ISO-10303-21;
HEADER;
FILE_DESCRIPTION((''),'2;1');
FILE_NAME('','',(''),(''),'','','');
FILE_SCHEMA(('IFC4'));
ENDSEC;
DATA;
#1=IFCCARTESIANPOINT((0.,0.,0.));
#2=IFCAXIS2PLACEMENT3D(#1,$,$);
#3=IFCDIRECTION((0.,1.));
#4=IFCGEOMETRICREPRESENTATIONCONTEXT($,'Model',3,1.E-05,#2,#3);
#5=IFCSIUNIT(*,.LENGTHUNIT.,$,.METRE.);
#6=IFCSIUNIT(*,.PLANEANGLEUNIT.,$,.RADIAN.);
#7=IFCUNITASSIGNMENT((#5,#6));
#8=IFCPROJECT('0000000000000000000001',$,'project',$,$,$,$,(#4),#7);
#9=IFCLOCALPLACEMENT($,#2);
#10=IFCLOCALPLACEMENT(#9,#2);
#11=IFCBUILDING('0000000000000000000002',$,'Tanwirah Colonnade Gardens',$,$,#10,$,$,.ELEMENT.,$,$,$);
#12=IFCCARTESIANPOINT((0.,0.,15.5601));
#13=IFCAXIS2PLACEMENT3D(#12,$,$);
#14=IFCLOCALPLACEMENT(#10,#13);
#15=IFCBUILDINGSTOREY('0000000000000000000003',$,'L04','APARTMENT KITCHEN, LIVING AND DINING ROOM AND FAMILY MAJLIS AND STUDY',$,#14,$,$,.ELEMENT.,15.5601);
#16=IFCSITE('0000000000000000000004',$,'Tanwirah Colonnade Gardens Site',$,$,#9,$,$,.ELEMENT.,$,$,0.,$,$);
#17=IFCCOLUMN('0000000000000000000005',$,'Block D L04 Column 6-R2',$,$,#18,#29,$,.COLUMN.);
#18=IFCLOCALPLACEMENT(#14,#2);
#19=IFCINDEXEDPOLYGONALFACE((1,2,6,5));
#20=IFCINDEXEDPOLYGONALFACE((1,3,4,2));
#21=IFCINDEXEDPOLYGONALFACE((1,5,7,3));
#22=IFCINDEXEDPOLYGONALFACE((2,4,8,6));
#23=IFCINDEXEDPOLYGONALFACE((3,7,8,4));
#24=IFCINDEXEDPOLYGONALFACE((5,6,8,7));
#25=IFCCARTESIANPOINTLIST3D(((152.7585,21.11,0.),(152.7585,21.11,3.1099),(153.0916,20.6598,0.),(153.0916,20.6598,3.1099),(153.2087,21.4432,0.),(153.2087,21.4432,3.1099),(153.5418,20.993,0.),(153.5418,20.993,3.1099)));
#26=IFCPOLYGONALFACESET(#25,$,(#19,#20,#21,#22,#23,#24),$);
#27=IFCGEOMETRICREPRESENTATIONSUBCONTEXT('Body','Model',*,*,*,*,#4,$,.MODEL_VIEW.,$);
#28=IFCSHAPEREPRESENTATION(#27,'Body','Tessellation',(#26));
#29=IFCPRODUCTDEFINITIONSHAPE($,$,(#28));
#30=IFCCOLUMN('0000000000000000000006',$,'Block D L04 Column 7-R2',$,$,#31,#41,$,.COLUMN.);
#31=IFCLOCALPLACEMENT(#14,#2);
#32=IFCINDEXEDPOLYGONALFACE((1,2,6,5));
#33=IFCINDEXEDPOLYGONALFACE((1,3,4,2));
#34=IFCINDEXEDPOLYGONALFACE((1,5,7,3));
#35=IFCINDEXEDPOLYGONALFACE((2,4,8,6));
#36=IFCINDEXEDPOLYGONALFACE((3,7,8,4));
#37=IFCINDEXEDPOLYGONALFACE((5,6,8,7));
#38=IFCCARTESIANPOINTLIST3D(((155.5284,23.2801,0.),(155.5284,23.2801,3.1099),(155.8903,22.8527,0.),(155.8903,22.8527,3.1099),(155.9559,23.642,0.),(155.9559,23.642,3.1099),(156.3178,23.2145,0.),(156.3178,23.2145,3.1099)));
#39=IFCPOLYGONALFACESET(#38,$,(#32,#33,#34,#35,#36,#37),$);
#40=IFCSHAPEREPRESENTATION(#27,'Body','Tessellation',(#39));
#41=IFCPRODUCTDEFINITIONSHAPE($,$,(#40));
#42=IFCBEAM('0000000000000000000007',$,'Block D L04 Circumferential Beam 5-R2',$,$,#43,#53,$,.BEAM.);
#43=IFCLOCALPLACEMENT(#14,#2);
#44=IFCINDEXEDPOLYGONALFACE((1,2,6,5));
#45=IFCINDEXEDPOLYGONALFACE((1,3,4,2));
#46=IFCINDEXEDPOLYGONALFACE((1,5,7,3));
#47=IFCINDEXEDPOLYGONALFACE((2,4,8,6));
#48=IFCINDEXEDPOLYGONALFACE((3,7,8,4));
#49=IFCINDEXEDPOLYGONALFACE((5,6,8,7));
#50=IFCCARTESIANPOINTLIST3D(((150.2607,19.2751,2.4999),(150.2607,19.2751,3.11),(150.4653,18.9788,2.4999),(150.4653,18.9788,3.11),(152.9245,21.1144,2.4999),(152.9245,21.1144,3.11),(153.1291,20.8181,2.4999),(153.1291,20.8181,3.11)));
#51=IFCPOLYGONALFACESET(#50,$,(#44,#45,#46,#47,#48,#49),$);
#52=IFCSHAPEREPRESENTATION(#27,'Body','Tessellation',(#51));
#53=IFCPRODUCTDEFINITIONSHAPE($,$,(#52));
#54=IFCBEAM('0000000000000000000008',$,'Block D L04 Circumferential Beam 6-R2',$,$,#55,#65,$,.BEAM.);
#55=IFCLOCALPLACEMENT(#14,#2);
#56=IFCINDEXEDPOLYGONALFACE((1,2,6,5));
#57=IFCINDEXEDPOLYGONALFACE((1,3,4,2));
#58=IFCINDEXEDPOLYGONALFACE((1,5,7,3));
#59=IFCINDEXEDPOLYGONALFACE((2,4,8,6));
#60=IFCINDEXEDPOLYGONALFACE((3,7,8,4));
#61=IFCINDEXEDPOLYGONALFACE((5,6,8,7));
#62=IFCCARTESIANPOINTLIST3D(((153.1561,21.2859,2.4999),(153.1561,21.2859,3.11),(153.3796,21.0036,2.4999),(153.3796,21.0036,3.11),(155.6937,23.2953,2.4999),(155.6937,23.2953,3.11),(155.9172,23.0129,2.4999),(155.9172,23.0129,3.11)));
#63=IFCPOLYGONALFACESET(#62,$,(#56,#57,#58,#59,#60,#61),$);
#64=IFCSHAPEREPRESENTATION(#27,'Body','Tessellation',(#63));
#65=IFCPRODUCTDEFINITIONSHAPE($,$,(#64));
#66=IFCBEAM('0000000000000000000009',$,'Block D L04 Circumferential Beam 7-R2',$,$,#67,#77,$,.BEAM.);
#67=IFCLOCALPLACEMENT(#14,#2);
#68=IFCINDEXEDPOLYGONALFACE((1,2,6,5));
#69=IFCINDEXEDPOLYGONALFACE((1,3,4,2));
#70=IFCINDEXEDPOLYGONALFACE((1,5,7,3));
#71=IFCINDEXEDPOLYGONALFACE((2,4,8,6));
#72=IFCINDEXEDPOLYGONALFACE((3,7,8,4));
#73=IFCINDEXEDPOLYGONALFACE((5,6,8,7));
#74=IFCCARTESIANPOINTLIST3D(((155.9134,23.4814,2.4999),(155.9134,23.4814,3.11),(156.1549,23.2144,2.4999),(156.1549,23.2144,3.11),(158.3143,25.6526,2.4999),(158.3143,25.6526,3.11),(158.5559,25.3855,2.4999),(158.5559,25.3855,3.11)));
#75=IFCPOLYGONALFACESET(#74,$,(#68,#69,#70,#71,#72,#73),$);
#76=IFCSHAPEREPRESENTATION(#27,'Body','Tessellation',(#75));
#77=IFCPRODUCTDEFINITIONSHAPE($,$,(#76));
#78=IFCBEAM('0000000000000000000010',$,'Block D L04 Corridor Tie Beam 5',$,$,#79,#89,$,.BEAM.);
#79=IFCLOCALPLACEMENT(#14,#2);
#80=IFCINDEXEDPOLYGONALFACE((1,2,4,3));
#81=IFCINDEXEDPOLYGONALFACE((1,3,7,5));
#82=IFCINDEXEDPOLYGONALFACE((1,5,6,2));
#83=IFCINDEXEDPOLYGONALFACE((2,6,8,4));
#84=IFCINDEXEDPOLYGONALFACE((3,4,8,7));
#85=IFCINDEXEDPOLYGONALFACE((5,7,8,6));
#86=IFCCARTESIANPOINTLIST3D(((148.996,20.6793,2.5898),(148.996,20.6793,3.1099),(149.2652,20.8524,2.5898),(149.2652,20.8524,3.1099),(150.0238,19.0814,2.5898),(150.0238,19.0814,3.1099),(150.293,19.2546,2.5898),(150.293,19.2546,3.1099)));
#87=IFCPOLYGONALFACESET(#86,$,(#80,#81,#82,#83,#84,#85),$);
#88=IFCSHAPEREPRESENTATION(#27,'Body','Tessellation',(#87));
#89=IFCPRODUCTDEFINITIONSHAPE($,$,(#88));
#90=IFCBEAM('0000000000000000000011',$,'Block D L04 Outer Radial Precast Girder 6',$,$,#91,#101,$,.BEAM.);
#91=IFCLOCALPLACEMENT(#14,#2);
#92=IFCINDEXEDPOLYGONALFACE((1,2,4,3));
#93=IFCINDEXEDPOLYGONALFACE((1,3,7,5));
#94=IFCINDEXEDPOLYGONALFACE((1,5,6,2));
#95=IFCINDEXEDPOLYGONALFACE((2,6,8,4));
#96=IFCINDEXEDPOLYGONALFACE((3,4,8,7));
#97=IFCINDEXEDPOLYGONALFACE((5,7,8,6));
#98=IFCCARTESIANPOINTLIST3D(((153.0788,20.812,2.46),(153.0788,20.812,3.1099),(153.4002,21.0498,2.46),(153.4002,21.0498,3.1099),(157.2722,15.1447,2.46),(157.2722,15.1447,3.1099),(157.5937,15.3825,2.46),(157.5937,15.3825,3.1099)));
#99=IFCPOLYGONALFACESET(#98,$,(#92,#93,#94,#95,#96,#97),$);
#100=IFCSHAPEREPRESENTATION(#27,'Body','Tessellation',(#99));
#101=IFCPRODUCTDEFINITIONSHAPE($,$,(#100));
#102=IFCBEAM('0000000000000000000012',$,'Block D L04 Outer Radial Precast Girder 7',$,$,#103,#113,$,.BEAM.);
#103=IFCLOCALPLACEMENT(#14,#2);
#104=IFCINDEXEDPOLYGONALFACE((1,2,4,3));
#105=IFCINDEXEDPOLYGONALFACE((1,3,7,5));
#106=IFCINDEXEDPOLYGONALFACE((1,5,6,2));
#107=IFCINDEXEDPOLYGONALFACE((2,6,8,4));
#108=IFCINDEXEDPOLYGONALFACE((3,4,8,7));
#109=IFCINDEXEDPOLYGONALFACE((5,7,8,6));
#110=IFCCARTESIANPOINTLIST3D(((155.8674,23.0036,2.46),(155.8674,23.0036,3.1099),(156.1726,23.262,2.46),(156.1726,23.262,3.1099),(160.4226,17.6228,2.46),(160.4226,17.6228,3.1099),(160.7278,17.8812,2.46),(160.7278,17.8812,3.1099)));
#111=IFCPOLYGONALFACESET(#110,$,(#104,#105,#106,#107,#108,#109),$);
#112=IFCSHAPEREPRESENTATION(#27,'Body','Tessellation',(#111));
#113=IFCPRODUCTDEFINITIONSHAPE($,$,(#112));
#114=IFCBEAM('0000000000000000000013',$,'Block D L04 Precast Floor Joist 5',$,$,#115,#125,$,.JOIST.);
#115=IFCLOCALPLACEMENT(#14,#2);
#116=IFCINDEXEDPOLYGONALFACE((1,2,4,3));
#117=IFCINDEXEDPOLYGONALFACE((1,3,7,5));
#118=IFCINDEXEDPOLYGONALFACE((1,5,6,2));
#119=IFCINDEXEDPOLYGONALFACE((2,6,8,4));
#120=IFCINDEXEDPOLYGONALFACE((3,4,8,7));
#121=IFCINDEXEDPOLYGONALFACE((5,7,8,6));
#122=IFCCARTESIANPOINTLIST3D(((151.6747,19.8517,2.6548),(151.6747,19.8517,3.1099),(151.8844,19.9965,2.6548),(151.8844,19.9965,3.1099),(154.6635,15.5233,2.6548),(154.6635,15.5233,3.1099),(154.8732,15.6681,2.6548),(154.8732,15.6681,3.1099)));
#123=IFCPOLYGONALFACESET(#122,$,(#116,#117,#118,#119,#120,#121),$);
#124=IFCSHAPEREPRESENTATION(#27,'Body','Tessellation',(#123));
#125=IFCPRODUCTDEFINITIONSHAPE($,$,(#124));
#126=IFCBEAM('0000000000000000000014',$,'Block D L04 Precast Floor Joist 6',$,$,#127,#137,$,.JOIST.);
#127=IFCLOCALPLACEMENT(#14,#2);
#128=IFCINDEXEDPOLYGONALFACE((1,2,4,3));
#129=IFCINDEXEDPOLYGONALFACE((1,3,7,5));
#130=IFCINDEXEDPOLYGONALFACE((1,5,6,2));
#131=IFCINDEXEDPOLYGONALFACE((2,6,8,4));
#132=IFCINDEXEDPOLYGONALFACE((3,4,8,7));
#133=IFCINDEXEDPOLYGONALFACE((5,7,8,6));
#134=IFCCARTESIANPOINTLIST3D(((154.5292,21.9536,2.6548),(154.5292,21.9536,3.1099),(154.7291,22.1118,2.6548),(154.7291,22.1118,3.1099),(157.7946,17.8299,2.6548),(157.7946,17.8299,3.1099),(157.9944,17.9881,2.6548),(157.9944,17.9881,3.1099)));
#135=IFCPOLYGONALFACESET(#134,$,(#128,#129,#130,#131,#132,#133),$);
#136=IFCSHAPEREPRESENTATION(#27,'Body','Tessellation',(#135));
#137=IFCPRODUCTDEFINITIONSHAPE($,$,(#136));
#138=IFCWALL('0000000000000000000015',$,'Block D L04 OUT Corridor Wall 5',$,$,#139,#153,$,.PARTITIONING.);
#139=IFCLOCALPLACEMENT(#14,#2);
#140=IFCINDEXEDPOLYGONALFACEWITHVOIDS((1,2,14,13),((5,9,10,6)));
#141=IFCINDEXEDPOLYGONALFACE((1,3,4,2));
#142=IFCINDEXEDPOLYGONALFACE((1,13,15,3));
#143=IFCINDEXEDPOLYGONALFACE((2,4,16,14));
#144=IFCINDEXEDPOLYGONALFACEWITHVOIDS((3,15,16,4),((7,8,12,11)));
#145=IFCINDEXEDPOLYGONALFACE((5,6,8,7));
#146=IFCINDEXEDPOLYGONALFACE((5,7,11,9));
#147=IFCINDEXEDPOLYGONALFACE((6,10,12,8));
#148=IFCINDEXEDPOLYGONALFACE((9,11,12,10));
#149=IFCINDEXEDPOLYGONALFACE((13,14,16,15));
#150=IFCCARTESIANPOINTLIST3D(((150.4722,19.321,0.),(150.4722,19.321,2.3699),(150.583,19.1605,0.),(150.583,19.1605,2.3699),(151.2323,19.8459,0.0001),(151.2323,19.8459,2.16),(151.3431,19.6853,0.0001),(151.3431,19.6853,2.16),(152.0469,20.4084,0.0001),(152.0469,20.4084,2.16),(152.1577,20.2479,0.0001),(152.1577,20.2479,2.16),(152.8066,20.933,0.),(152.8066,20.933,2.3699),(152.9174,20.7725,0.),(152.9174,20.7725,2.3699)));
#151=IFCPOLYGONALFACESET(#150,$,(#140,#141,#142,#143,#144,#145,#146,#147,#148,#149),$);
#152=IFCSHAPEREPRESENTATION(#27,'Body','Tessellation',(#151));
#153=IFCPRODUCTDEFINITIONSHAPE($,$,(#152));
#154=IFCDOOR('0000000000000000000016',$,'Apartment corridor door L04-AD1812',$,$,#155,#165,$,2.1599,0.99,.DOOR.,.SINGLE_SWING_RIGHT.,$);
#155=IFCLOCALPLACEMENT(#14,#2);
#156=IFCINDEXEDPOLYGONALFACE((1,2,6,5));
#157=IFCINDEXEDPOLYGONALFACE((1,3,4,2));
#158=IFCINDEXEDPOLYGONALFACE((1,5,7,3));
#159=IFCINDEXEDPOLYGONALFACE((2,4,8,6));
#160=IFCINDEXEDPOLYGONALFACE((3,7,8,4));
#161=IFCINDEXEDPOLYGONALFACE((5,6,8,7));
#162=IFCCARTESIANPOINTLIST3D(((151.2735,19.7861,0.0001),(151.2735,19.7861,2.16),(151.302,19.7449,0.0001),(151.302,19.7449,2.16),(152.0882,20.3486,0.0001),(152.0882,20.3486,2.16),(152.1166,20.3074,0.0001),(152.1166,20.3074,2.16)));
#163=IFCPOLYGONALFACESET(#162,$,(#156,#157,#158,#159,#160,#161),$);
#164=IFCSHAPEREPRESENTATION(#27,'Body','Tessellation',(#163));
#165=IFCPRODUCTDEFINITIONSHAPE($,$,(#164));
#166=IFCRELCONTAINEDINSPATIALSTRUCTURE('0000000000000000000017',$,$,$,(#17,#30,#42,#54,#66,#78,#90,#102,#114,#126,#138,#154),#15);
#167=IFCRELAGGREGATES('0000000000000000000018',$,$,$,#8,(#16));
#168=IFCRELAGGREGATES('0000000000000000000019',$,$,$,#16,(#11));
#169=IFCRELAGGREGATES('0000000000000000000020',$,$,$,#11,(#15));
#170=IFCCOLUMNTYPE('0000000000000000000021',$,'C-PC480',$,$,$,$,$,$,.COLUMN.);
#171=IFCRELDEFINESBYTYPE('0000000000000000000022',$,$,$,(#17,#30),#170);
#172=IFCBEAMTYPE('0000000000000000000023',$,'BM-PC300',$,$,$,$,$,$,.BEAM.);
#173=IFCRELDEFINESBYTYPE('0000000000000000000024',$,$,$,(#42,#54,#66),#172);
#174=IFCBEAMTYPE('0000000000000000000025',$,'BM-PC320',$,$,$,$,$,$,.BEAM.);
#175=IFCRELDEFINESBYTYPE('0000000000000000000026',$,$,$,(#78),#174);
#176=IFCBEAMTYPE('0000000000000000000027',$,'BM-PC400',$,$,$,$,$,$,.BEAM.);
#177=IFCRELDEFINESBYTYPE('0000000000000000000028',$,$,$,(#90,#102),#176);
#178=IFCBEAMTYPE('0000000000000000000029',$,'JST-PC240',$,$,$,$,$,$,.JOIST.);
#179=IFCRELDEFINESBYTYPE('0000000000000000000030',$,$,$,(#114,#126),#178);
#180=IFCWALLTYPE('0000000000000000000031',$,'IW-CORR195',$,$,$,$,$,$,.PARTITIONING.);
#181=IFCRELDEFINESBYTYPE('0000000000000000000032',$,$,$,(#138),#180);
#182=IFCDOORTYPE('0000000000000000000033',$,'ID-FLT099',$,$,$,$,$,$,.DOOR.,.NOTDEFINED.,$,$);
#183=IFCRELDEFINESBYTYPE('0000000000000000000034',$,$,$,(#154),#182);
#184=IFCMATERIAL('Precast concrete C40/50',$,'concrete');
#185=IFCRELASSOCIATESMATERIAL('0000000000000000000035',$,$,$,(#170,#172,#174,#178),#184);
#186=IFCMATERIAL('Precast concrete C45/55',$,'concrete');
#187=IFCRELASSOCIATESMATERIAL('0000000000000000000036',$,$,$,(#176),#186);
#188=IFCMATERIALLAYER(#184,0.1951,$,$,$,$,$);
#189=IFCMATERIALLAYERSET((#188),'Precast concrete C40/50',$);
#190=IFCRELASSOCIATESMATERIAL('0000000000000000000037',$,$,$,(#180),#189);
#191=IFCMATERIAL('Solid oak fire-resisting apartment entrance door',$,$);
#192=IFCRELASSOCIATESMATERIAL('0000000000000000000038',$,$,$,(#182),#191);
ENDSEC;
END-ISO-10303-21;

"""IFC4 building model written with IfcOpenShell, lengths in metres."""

from ifc_helpers import new_model, si_unit, direction, frame, frame_2d, origin, origin_2d, place, context, subcontext, project, spatial, rectangle, extrude, material, layer, layer_set, material_profile, profile_set, type_object, element, fill, save


model = new_model("IFC4")

# Units and contexts
model_context = context("Model", 3, precision=1e-05, world=origin(), true_north=direction((0.0, 1.0)))
body_context = subcontext(model_context, "Body", "Model", "MODEL_VIEW")
ifc_project = project(units=[si_unit("LENGTHUNIT", "METRE"), si_unit("PLANEANGLEUNIT", "RADIAN")], contexts=[model_context])

# Site, building, storey
site_placement = place(None, origin())
site = spatial("IfcSite", under=ifc_project, at=site_placement, Name="Tanwirah Colonnade Gardens Site", CompositionType="ELEMENT", RefElevation=0.0)
building_placement = place(site_placement, origin())
building = spatial("IfcBuilding", under=site, at=building_placement, Name="Tanwirah Colonnade Gardens", CompositionType="ELEMENT")
storey_placement = place(building_placement, frame((0.0, 0.0, 15.5601)))
storey = spatial("IfcBuildingStorey", under=building, at=storey_placement, Name="L04", Description="APARTMENT KITCHEN, LIVING AND DINING ROOM AND FAMILY MAJLIS AND STUDY", CompositionType="ELEMENT", Elevation=15.5601)

# Columns
ifc_material_1 = material(Name="Precast concrete C40/50", Category="concrete")
ifc_material_profile_1 = material_profile(ifc_material_1, rectangle(XDim=0.5601, YDim=0.5601, at=origin_2d()), Name="PC-COL 560x560")
ifc_profile_set_1 = profile_set([ifc_material_profile_1], Name="Precast concrete C40/50")
column_type = type_object("IfcColumnType", Name="C-PC480", PredefinedType="COLUMN", material=ifc_profile_set_1)
for number, where, z_axis, x_axis, name in (
    (1, (153.1501, 21.0515, 0.0), (0.0, 0.0, 1.0), (0.594823, -0.803857, 0.0), "Block D L04 Column 6-R2"),
    (2, (155.9231, 23.2473, 0.0), (0.0, 0.0, 1.0), (0.646124, -0.763232, 0.0), "Block D L04 Column 7-R2"),
):
    element("IfcColumn", number, at=place(storey_placement, frame(where, z_axis=z_axis, x_axis=x_axis)), inside=storey, type_object=column_type, Name=name, PredefinedType="COLUMN", context=body_context, shape_type="SweptSolid", body=[
        extrude(rectangle(XDim=0.5601, YDim=0.5601, at=origin_2d()), origin(), (0.0, 0.0, 1.0), 3.1099),
    ])

# Beams
ifc_material_profile_2 = material_profile(ifc_material_1, rectangle(XDim=0.3601, YDim=0.6101, at=origin_2d()), Name="PC-BM 360x610")
ifc_profile_set_2 = profile_set([ifc_material_profile_2], Name="Precast concrete C40/50")
beam_type_1 = type_object("IfcBeamType", Name="BM-PC300", PredefinedType="BEAM", material=ifc_profile_set_2)
beam_1_placement = place(storey_placement, frame((150.363, 19.127, 2.8049), z_axis=(0.822889, 0.568202, 0.0), x_axis=(-0.568202, 0.822889, 0.0)))
element("IfcBeam", 3, at=beam_1_placement, inside=storey, type_object=beam_type_1, Name="Block D L04 Circumferential Beam 5-R2", PredefinedType="BEAM", context=body_context, shape_type="SweptSolid", body=[
    extrude(rectangle(XDim=0.3601, YDim=0.6101, at=origin_2d()), origin(), (0.0, 0.0, 1.0), 3.2371),
])
beam_2_placement = place(storey_placement, frame((153.2678, 21.1448, 2.8049), z_axis=(0.783994, 0.620769, 0.0), x_axis=(-0.620769, 0.783994, 0.0)))
element("IfcBeam", 4, at=beam_2_placement, inside=storey, type_object=beam_type_1, Name="Block D L04 Circumferential Beam 6-R2", PredefinedType="BEAM", context=body_context, shape_type="SweptSolid", body=[
    extrude(rectangle(XDim=0.3601, YDim=0.6101, at=origin_2d()), origin(), (0.0, 0.0, 1.0), 3.2368),
])
beam_3_placement = place(storey_placement, frame((156.0342, 23.3479, 2.8049), z_axis=(0.741702, 0.67073, 0.0), x_axis=(-0.67073, 0.741702, 0.0)))
element("IfcBeam", 5, at=beam_3_placement, inside=storey, type_object=beam_type_1, Name="Block D L04 Circumferential Beam 7-R2", PredefinedType="BEAM", context=body_context, shape_type="SweptSolid", body=[
    extrude(rectangle(XDim=0.3601, YDim=0.6101, at=origin_2d()), origin(), (0.0, 0.0, 1.0), 3.2371),
])
ifc_material_profile_3 = material_profile(ifc_material_1, rectangle(XDim=0.3201, YDim=0.52, at=origin_2d()), Name="PC-BM 320x520")
ifc_profile_set_3 = profile_set([ifc_material_profile_3], Name="Precast concrete C40/50")
beam_type_2 = type_object("IfcBeamType", Name="BM-PC320", PredefinedType="BEAM", material=ifc_profile_set_3)
beam_4_placement = place(storey_placement, frame((149.1306, 20.7659, 2.8499), z_axis=(0.540985, -0.841032, 0.0), x_axis=(0.841032, 0.540985, 0.0)))
element("IfcBeam", 6, at=beam_4_placement, inside=storey, type_object=beam_type_2, Name="Block D L04 Corridor Tie Beam 5", PredefinedType="BEAM", context=body_context, shape_type="SweptSolid", body=[
    extrude(rectangle(XDim=0.3201, YDim=0.52, at=origin_2d()), origin(), (0.0, 0.0, 1.0), 1.8999),
])
ifc_material_2 = material(Name="Precast concrete C45/55", Category="concrete")
ifc_material_profile_4 = material_profile(ifc_material_2, rectangle(XDim=0.3999, YDim=0.6499, at=origin_2d()), Name="PC-BM 400x650")
ifc_profile_set_4 = profile_set([ifc_material_profile_4], Name="Precast concrete C45/55")
beam_type_3 = type_object("IfcBeamType", Name="BM-PC400", PredefinedType="BEAM", material=ifc_profile_set_4)
for number, where, z_axis, x_axis, name in (
    (7, (153.2395, 20.9309, 2.7849), (0.594807, -0.803869, 0.0), (0.803869, 0.594807, 0.0), "Block D L04 Outer Radial Precast Girder 6"),
    (8, (156.02, 23.1328, 2.7849), (0.646119, -0.763237, 0.0), (0.763237, 0.646119, 0.0), "Block D L04 Outer Radial Precast Girder 7"),
):
    element("IfcBeam", number, at=place(storey_placement, frame(where, z_axis=z_axis, x_axis=x_axis)), inside=storey, type_object=beam_type_3, Name=name, PredefinedType="BEAM", context=body_context, shape_type="SweptSolid", body=[
        extrude(rectangle(XDim=0.3999, YDim=0.6499, at=origin_2d()), origin(), (0.0, 0.0, 1.0), 7.05),
    ])
ifc_material_profile_5 = material_profile(ifc_material_1, rectangle(XDim=0.2549, YDim=0.4551, at=origin_2d()), Name="PC-JST 255x455")
ifc_profile_set_5 = profile_set([ifc_material_profile_5], Name="Precast concrete C40/50")
beam_type_4 = type_object("IfcBeamType", Name="JST-PC240", PredefinedType="JOIST", material=ifc_profile_set_5)
for number, where, z_axis, x_axis, name in (
    (9, (151.7795, 19.9241, 2.8823), (0.568208, -0.822885, 0.0), (0.822885, 0.568208, 0.0), "Block D L04 Precast Floor Joist 5"),
    (10, (154.6292, 22.0327, 2.8823), (0.620787, -0.783979, 0.0), (0.783979, 0.620787, 0.0), "Block D L04 Precast Floor Joist 6"),
):
    element("IfcBeam", number, at=place(storey_placement, frame(where, z_axis=z_axis, x_axis=x_axis)), inside=storey, type_object=beam_type_4, Name=name, PredefinedType="JOIST", context=body_context, shape_type="SweptSolid", body=[
        extrude(rectangle(XDim=0.2549, YDim=0.4551, at=origin_2d()), origin(), (0.0, 0.0, 1.0), 5.26),
    ])

# Wall, opening, door
ifc_layer_1 = layer(ifc_material_1, 0.1951)
ifc_layer_set_1 = layer_set([ifc_layer_1], Name="Precast concrete C40/50")
wall_type_1 = type_object("IfcWallType", Name="IW-CORR195", PredefinedType="PARTITIONING", material=ifc_layer_set_1)
wall_1_placement = place(storey_placement, frame((150.5276, 19.2407, 0.0), z_axis=(0.0, 0.0, 1.0), x_axis=(0.82287, 0.56823, 0.0)))
wall_1 = element("IfcWall", 11, at=wall_1_placement, inside=storey, type_object=wall_type_1, Name="Block D L04 OUT Corridor Wall 5", PredefinedType="PARTITIONING", context=body_context, shape_type="SweptSolid", body=[
    extrude(rectangle(XDim=2.8369, YDim=0.1951, at=frame_2d((1.4185, 0.0))), origin(), (0.0, 0.0, 1.0), 2.3699),
])
opening_1_placement = place(wall_1_placement, frame((0.9236, 0.0, 0.0)))
opening_1 = element("IfcOpeningElement", 12, at=opening_1_placement, cuts=wall_1, PredefinedType="OPENING", context=body_context, shape_type="SweptSolid", body=[
    extrude(rectangle(XDim=0.99, YDim=2.1599, at=frame_2d((0.4951, 1.0801))), frame((0.0, 0.1074, 0.0), z_axis=(0.0, -1.0, 0.0), x_axis=(1.0, 0.0, 0.0)), (0.0, 0.0, 1.0), 0.2151),
])
ifc_material_3 = material(Name="Solid oak fire-resisting apartment entrance door")
door_type_1 = type_object("IfcDoorType", Name="ID-FLT099", OperationType="NOTDEFINED", PredefinedType="DOOR", material=ifc_material_3)
door_1_placement = place(opening_1_placement, origin())
door_1 = element("IfcDoor", 13, at=door_1_placement, inside=storey, type_object=door_type_1, Name="Apartment corridor door L04-AD1812", OperationType="SINGLE_SWING_RIGHT", OverallHeight=2.1599, OverallWidth=0.99, PredefinedType="DOOR", context=body_context, shape_type="SweptSolid", body=[
    extrude(rectangle(XDim=0.99, YDim=2.1599, at=frame_2d((0.4951, 1.0801))), frame((0.0, 0.0249, 0.0), z_axis=(0.0, -1.0, 0.0), x_axis=(1.0, 0.0, 0.0)), (0.0, 0.0, 1.0), 0.05),
])
fill(opening_1, door_1)

save(model, "model.ifc")
